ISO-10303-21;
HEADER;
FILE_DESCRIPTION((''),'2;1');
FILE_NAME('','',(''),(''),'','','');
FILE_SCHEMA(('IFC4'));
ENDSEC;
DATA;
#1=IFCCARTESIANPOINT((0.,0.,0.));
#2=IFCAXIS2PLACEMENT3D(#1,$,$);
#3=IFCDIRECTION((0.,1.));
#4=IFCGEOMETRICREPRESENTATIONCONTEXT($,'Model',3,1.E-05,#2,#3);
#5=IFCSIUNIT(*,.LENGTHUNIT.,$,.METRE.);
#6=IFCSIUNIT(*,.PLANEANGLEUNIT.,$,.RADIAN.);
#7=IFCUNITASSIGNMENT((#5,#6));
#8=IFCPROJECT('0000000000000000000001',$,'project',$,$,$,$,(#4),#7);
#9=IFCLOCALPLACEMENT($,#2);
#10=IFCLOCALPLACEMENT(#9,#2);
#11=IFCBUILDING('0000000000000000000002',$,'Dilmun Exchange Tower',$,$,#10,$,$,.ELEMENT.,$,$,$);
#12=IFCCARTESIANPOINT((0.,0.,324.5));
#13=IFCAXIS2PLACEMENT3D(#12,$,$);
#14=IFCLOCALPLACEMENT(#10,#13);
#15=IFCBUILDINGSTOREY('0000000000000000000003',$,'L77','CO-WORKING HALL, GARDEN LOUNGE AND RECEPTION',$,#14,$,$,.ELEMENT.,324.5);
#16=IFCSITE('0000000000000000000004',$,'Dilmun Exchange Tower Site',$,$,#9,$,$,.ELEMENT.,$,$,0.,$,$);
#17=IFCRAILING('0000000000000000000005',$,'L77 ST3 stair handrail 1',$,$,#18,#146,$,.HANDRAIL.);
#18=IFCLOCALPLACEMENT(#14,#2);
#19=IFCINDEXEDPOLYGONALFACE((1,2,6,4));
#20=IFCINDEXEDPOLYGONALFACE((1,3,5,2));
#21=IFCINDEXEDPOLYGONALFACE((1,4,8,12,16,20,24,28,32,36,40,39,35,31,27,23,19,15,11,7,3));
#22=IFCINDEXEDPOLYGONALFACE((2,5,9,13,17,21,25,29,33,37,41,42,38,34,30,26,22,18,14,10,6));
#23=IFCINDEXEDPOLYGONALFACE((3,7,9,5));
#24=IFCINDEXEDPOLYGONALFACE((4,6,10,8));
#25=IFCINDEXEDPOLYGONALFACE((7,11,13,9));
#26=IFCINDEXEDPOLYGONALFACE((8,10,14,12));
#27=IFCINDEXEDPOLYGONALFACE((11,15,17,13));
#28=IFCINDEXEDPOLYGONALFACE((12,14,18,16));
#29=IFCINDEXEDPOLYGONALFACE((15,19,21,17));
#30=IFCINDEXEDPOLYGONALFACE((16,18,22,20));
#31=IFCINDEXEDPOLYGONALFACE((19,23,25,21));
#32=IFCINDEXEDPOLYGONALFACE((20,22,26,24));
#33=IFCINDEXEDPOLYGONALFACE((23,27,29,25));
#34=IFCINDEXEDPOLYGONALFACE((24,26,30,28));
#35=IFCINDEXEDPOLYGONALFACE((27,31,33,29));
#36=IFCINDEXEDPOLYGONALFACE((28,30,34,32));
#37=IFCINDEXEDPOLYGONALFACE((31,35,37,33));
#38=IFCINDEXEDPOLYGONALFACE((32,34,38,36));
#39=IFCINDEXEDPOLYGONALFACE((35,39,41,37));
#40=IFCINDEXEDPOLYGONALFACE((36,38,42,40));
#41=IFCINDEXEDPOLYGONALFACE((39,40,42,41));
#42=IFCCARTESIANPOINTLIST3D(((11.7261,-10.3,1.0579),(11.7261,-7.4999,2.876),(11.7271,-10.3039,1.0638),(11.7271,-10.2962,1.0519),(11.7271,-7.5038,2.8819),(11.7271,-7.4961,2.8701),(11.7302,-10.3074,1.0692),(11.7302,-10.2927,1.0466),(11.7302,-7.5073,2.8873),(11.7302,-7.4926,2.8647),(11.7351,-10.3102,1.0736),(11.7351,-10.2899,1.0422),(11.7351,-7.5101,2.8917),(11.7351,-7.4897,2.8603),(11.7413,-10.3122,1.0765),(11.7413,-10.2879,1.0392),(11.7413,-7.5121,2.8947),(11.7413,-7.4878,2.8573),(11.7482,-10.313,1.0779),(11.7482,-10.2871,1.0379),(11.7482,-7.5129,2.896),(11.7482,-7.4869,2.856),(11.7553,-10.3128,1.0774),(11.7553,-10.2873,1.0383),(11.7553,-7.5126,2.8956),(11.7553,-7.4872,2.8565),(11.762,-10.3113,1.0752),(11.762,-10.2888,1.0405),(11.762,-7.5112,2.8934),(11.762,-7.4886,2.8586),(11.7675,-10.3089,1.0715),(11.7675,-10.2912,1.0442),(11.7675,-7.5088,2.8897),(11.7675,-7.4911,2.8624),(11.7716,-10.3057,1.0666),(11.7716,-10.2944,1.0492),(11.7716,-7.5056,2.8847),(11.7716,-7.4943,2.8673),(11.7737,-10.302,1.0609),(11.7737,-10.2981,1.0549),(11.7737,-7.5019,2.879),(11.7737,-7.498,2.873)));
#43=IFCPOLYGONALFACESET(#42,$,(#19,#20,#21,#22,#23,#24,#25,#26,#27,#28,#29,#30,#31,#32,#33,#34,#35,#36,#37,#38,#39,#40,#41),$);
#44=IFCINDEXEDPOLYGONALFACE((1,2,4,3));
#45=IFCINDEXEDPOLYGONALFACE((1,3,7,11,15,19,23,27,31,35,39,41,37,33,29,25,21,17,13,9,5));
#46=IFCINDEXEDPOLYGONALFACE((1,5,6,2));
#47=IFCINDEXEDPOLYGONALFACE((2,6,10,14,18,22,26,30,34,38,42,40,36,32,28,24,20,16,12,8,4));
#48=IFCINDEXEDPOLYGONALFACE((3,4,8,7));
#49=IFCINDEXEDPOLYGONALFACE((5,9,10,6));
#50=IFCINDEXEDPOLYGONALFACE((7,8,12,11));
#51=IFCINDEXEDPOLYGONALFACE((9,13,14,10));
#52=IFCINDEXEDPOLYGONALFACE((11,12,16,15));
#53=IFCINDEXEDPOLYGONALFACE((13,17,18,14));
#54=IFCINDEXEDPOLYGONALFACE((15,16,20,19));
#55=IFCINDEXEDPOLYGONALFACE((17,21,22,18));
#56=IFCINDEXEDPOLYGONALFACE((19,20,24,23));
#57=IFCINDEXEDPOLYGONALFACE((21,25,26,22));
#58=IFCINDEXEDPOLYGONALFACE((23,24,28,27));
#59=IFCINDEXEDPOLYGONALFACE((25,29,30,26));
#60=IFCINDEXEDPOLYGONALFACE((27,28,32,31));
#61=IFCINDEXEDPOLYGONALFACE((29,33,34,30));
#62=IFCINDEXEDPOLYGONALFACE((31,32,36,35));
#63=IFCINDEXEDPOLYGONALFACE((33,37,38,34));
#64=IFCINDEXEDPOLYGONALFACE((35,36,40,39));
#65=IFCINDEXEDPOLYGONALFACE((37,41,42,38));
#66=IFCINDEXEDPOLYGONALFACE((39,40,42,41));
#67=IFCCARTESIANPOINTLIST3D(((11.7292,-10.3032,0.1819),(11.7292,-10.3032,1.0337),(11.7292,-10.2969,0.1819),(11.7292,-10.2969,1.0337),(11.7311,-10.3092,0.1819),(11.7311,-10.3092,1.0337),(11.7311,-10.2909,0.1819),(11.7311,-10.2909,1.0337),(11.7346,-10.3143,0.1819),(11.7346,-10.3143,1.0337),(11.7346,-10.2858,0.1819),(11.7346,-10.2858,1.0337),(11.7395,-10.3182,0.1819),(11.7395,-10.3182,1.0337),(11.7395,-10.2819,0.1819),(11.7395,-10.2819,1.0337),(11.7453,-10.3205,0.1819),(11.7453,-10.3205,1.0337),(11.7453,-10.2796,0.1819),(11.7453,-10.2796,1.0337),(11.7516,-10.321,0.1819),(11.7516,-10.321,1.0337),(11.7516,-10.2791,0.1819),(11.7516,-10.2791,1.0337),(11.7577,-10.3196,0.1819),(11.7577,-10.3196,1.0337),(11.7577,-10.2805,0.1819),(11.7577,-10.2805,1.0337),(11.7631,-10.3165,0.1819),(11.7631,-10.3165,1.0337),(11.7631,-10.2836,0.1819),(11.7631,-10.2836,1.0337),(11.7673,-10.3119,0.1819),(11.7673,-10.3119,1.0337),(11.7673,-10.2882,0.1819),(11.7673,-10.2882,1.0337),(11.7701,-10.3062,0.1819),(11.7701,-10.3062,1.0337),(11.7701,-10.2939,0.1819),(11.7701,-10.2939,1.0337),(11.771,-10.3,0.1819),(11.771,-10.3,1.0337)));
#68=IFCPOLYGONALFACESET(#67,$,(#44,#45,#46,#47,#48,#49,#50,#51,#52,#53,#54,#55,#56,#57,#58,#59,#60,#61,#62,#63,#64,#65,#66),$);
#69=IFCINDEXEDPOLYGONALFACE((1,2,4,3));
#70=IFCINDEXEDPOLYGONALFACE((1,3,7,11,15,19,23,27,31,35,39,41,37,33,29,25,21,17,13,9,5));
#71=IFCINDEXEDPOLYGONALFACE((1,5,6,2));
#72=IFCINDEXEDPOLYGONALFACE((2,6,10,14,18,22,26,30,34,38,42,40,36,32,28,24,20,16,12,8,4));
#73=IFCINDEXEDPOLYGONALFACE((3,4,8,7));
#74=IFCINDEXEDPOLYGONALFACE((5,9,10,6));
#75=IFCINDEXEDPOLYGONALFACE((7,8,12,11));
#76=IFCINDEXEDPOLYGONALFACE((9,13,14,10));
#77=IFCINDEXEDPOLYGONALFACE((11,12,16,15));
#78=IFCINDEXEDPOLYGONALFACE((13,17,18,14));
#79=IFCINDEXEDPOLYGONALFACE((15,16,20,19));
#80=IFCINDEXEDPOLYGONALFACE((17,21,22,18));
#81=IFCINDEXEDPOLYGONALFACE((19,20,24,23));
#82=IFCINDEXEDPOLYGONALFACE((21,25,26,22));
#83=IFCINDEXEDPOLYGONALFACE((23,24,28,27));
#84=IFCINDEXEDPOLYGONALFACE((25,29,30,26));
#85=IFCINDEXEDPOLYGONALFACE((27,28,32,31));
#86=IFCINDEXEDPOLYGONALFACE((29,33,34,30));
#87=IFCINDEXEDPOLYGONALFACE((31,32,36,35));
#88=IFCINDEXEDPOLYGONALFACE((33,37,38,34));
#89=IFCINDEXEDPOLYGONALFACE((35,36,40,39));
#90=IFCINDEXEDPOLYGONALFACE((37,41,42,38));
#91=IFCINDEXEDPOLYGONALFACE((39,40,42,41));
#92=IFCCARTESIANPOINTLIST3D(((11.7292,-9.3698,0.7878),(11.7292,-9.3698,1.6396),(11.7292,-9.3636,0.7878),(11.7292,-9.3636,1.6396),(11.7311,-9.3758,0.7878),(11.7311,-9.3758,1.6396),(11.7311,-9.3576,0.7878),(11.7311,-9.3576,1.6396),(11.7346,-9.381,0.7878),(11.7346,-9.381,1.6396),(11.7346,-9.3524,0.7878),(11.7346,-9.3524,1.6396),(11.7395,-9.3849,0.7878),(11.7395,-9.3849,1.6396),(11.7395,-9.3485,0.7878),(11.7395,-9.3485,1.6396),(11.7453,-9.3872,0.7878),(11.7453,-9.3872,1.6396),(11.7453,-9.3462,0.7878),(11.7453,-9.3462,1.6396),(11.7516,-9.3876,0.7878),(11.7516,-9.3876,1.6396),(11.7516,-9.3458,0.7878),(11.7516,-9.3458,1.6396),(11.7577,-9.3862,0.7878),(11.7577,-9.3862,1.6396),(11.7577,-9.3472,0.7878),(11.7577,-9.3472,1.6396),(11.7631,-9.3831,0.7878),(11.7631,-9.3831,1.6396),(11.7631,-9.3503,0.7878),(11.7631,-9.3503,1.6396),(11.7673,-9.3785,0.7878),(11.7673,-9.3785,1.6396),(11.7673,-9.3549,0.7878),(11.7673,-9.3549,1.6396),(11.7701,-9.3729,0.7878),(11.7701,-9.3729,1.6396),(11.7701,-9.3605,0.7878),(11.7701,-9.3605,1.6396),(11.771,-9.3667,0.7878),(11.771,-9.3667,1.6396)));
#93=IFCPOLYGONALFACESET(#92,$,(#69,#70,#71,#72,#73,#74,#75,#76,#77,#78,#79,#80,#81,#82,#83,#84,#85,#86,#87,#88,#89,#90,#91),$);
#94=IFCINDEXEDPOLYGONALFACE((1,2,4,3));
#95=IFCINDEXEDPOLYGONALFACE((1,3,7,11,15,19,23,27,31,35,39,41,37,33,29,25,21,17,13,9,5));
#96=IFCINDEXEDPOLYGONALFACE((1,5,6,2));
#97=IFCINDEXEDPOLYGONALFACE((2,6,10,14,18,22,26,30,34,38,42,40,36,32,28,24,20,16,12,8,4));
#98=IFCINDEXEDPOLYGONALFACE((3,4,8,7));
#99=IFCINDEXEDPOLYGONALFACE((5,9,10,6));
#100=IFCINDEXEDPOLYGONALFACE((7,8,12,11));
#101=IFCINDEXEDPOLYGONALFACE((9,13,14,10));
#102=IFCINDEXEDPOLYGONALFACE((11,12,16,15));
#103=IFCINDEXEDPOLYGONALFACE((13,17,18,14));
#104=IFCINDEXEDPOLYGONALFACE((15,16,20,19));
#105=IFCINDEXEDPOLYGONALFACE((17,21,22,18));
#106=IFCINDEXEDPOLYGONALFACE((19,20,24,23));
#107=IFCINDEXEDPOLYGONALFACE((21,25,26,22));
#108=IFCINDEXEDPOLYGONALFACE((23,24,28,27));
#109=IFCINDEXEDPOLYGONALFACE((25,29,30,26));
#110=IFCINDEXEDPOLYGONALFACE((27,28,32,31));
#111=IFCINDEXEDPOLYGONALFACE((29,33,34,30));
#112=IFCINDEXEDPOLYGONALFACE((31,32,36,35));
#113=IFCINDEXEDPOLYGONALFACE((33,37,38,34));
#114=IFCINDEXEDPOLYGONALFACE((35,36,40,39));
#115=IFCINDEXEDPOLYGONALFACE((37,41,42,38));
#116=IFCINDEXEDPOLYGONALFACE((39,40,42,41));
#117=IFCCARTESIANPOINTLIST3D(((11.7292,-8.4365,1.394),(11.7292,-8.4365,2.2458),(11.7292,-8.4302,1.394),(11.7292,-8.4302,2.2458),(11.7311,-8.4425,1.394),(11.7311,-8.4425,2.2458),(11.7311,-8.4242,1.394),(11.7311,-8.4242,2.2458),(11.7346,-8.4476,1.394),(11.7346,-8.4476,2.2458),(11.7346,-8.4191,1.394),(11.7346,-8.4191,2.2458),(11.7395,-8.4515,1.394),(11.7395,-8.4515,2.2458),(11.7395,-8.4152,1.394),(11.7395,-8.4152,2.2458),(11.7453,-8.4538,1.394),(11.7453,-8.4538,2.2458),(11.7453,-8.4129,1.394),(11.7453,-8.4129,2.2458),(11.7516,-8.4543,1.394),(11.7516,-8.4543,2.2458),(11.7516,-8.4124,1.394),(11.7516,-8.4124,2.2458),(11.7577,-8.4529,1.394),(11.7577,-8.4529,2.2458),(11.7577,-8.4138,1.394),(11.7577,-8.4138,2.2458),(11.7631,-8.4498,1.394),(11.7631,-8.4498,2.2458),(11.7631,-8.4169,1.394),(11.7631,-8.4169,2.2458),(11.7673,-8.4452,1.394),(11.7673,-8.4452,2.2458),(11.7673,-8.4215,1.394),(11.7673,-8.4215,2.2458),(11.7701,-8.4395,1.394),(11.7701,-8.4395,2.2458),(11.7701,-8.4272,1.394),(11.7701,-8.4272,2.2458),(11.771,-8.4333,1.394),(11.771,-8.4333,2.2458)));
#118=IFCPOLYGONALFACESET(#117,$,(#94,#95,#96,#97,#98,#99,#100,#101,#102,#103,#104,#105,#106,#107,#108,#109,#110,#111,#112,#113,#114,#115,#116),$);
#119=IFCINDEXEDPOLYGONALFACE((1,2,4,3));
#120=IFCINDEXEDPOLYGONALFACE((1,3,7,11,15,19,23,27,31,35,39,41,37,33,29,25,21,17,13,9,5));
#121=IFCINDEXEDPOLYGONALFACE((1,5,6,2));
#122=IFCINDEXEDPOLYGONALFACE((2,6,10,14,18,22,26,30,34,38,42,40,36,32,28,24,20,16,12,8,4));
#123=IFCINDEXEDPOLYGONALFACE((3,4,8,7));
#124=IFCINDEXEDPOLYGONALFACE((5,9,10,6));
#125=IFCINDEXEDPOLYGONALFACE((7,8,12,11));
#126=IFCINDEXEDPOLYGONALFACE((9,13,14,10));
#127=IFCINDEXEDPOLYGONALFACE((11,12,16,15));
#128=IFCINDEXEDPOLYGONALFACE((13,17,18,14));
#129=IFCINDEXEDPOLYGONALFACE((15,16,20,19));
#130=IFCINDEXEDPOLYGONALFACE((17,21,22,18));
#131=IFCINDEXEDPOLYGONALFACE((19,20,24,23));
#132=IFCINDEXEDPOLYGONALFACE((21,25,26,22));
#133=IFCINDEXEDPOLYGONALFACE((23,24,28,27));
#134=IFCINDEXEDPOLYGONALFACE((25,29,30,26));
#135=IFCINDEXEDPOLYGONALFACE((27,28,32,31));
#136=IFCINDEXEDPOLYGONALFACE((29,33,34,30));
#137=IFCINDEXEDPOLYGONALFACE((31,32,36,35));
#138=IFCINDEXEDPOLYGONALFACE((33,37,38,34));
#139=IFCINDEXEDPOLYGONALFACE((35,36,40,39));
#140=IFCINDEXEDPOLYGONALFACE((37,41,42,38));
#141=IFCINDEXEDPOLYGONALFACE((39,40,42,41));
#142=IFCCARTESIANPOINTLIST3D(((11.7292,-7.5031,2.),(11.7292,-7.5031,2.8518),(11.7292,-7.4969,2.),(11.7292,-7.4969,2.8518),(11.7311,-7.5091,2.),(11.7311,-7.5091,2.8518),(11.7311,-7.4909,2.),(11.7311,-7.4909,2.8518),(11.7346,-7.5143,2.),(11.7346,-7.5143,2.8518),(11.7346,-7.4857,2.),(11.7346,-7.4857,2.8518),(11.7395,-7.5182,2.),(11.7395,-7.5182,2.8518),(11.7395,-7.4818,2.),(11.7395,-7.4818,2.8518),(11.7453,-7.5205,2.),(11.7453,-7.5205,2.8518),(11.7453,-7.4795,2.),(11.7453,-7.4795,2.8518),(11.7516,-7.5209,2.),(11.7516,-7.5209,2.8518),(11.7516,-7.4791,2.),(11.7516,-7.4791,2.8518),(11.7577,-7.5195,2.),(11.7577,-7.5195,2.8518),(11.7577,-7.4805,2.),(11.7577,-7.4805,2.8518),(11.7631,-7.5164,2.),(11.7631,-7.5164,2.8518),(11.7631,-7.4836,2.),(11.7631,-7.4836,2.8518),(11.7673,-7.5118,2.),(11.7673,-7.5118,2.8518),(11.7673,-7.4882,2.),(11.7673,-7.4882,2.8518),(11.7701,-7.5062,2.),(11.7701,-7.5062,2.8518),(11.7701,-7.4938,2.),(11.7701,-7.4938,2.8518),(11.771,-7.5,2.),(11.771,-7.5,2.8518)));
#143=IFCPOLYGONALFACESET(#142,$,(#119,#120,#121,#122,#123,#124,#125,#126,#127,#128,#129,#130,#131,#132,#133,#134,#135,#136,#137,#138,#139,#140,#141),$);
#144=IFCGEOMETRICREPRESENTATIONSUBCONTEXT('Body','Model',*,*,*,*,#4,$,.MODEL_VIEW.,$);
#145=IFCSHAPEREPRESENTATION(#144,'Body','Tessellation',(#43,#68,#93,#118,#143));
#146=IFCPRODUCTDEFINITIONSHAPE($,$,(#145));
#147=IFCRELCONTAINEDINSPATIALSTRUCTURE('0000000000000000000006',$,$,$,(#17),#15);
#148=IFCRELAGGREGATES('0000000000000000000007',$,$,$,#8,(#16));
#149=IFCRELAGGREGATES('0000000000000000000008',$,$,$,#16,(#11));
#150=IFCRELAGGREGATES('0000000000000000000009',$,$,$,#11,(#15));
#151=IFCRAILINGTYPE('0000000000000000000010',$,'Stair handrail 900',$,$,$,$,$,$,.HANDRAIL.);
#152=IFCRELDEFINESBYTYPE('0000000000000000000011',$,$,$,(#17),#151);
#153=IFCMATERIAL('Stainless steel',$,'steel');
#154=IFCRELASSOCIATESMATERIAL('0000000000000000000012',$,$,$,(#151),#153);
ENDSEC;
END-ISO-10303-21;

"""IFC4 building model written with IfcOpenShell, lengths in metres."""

from ifc_helpers import new_model, si_unit, direction, frame, origin, origin_2d, place, context, subcontext, project, spatial, circle, extrude, material, type_object, element, save


model = new_model("IFC4")

# Units and contexts
model_context = context("Model", 3, precision=1e-05, world=origin(), true_north=direction((0.0, 1.0)))
body_context = subcontext(model_context, "Body", "Model", "MODEL_VIEW")
ifc_project = project(units=[si_unit("LENGTHUNIT", "METRE"), si_unit("PLANEANGLEUNIT", "RADIAN")], contexts=[model_context])

# Site, building, storey
site_placement = place(None, origin())
site = spatial("IfcSite", under=ifc_project, at=site_placement, Name="Dilmun Exchange Tower Site", CompositionType="ELEMENT", RefElevation=0.0)
building_placement = place(site_placement, origin())
building = spatial("IfcBuilding", under=site, at=building_placement, Name="Dilmun Exchange Tower", CompositionType="ELEMENT")
storey_placement = place(building_placement, frame((0.0, 0.0, 324.5)))
storey = spatial("IfcBuildingStorey", under=building, at=storey_placement, Name="L77", Description="CO-WORKING HALL, GARDEN LOUNGE AND RECEPTION", CompositionType="ELEMENT", Elevation=324.5)

# Railing
ifc_material_1 = material(Name="Stainless steel", Category="steel")
railing_type = type_object("IfcRailingType", Name="Stair handrail 900", PredefinedType="HANDRAIL", material=ifc_material_1)
railing_placement = place(storey_placement, frame((11.75, -10.3, 0.1819)))
element("IfcRailing", 1, at=railing_placement, inside=storey, type_object=railing_type, Name="L77 ST3 stair handrail 1", PredefinedType="HANDRAIL", context=body_context, shape_type="SweptSolid", body=[
    extrude(circle(Radius=0.0239, at=origin_2d()), frame((0.0, 0.0, 0.876), z_axis=(0.0, 0.838706, 0.544585), x_axis=(-1.0, 0.0, 0.0)), (0.0, 0.0, 1.0), 3.3386),
    extrude(circle(Radius=0.021, at=origin_2d()), origin(), (0.0, 0.0, 1.0), 0.8518),
    extrude(circle(Radius=0.021, at=origin_2d()), frame((0.0, 0.9333, 0.606)), (0.0, 0.0, 1.0), 0.8518),
    extrude(circle(Radius=0.021, at=origin_2d()), frame((0.0, 1.8667, 1.2122)), (0.0, 0.0, 1.0), 0.8518),
    extrude(circle(Radius=0.021, at=origin_2d()), frame((0.0, 2.8, 1.8181)), (0.0, 0.0, 1.0), 0.8518),
])

save(model, "model.ifc")
